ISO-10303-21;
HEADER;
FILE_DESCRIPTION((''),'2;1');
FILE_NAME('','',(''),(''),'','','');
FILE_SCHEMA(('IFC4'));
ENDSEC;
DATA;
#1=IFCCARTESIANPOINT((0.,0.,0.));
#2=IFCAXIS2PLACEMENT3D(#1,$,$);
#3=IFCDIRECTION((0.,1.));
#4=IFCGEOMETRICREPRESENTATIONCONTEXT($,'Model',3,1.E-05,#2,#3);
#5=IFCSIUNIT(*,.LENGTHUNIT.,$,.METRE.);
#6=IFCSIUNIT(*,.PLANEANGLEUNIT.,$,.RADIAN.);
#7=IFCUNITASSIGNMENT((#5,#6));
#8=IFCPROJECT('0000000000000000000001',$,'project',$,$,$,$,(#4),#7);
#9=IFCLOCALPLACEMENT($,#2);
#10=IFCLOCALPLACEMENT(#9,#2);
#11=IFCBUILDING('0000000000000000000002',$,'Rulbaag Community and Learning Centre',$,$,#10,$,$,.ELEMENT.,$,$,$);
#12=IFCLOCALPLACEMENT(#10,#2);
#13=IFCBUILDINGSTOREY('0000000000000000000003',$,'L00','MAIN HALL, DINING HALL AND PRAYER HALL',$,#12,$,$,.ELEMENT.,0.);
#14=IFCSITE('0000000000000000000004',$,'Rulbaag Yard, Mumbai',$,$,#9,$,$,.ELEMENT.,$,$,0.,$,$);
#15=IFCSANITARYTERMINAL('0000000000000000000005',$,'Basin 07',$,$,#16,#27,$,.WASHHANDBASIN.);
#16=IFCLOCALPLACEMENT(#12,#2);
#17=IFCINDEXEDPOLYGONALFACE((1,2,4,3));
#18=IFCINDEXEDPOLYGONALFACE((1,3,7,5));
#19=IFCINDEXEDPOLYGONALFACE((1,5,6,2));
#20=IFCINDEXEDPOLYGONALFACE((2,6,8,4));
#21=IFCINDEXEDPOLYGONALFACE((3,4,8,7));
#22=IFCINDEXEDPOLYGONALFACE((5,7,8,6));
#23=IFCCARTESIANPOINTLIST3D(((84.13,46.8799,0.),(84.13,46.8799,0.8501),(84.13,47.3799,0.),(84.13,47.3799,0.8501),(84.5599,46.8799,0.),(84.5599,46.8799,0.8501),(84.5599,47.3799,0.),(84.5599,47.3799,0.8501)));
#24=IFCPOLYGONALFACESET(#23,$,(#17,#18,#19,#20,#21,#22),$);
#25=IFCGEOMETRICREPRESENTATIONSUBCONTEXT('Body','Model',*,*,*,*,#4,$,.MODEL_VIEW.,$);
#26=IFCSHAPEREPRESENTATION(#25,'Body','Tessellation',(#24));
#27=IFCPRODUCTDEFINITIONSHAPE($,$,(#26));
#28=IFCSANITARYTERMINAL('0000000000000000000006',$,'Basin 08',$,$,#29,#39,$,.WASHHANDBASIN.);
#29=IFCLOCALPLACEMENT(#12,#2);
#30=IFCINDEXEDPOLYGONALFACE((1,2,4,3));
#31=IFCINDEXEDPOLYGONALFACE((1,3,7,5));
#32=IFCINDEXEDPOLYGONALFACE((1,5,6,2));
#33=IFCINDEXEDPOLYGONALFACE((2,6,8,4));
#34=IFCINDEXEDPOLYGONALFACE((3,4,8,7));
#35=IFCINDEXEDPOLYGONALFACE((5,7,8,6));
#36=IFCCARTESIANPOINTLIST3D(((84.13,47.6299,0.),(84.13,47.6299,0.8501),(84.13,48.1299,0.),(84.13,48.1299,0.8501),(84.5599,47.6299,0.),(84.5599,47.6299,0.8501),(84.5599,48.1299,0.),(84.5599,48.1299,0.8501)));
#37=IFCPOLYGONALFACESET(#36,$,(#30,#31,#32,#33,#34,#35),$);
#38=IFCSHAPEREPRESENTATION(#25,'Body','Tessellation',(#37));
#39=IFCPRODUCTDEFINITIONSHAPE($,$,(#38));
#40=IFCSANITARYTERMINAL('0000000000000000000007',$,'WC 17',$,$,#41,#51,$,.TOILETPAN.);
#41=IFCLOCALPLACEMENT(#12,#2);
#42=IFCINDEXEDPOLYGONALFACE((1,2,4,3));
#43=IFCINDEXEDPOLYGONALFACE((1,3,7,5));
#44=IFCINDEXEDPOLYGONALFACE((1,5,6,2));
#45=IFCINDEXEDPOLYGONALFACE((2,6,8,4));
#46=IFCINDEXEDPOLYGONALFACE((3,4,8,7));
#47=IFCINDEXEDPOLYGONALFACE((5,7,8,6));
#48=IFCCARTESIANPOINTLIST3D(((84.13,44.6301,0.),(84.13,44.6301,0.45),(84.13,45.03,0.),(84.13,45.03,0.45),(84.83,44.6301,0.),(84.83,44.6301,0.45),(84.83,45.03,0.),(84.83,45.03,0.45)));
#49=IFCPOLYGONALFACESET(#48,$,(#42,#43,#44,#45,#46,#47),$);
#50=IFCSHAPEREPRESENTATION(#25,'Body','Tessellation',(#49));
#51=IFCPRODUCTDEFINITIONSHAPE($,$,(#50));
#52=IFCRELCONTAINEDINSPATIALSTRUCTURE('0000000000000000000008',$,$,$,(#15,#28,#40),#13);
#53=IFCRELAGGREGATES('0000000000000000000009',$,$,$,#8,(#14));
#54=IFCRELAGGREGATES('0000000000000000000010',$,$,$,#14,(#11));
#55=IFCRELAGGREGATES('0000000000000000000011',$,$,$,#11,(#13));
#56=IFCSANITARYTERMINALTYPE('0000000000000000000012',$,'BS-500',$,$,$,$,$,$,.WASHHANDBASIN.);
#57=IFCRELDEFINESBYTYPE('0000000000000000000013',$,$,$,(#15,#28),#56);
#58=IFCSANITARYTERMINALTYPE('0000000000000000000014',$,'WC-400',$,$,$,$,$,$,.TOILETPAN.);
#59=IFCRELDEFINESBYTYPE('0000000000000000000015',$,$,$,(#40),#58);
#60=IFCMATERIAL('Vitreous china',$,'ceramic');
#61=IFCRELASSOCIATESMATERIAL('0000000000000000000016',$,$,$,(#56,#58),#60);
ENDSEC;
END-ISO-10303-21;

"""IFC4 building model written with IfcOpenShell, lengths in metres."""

from ifc_helpers import new_model, si_unit, direction, frame, origin, origin_2d, place, context, subcontext, project, spatial, rectangle, extrude, material, type_object, element, save


model = new_model("IFC4")

# Units and contexts
model_context = context("Model", 3, precision=1e-05, world=origin(), true_north=direction((0.0, 1.0)))
body_context = subcontext(model_context, "Body", "Model", "MODEL_VIEW")
ifc_project = project(units=[si_unit("LENGTHUNIT", "METRE"), si_unit("PLANEANGLEUNIT", "RADIAN")], contexts=[model_context])

# Site, building, storey
site_placement = place(None, origin())
site = spatial("IfcSite", under=ifc_project, at=site_placement, Name="Rulbaag Yard, Mumbai", CompositionType="ELEMENT", RefElevation=0.0)
building_placement = place(site_placement, origin())
building = spatial("IfcBuilding", under=site, at=building_placement, Name="Rulbaag Community and Learning Centre", CompositionType="ELEMENT")
storey_placement = place(building_placement, origin())
storey = spatial("IfcBuildingStorey", under=building, at=storey_placement, Name="L00", Description="MAIN HALL, DINING HALL AND PRAYER HALL", CompositionType="ELEMENT", Elevation=0.0)

# Sanitary terminals
ifc_material_1 = material(Name="Vitreous china", Category="ceramic")
sanitary_terminal_type_1 = type_object("IfcSanitaryTerminalType", Name="BS-500", PredefinedType="WASHHANDBASIN", material=ifc_material_1)
for number, where, z_axis, x_axis, name in (
    (1, (84.345, 47.1299, 0.0), (0.0, 0.0, 1.0), (1.0, 0.0, 0.0), "Basin 07"),
    (2, (84.345, 47.8799, 0.0), (0.0, 0.0, 1.0), (1.0, 0.0, 0.0), "Basin 08"),
):
    element("IfcSanitaryTerminal", number, at=place(storey_placement, frame(where, z_axis=z_axis, x_axis=x_axis)), inside=storey, type_object=sanitary_terminal_type_1, Name=name, PredefinedType="WASHHANDBASIN", context=body_context, shape_type="SweptSolid", body=[
        extrude(rectangle(XDim=0.4299, YDim=0.5, at=origin_2d()), origin(), (0.0, 0.0, 1.0), 0.8501),
    ])
sanitary_terminal_type_2 = type_object("IfcSanitaryTerminalType", Name="WC-400", PredefinedType="TOILETPAN", material=ifc_material_1)
sanitary_terminal_placement = place(storey_placement, frame((84.48, 44.8301, 0.0), z_axis=(0.0, 0.0, 1.0), x_axis=(1.0, 0.0, 0.0)))
element("IfcSanitaryTerminal", 3, at=sanitary_terminal_placement, inside=storey, type_object=sanitary_terminal_type_2, Name="WC 17", PredefinedType="TOILETPAN", context=body_context, shape_type="SweptSolid", body=[
    extrude(rectangle(XDim=0.7, YDim=0.3999, at=origin_2d()), origin(), (0.0, 0.0, 1.0), 0.45),
])

save(model, "model.ifc")
